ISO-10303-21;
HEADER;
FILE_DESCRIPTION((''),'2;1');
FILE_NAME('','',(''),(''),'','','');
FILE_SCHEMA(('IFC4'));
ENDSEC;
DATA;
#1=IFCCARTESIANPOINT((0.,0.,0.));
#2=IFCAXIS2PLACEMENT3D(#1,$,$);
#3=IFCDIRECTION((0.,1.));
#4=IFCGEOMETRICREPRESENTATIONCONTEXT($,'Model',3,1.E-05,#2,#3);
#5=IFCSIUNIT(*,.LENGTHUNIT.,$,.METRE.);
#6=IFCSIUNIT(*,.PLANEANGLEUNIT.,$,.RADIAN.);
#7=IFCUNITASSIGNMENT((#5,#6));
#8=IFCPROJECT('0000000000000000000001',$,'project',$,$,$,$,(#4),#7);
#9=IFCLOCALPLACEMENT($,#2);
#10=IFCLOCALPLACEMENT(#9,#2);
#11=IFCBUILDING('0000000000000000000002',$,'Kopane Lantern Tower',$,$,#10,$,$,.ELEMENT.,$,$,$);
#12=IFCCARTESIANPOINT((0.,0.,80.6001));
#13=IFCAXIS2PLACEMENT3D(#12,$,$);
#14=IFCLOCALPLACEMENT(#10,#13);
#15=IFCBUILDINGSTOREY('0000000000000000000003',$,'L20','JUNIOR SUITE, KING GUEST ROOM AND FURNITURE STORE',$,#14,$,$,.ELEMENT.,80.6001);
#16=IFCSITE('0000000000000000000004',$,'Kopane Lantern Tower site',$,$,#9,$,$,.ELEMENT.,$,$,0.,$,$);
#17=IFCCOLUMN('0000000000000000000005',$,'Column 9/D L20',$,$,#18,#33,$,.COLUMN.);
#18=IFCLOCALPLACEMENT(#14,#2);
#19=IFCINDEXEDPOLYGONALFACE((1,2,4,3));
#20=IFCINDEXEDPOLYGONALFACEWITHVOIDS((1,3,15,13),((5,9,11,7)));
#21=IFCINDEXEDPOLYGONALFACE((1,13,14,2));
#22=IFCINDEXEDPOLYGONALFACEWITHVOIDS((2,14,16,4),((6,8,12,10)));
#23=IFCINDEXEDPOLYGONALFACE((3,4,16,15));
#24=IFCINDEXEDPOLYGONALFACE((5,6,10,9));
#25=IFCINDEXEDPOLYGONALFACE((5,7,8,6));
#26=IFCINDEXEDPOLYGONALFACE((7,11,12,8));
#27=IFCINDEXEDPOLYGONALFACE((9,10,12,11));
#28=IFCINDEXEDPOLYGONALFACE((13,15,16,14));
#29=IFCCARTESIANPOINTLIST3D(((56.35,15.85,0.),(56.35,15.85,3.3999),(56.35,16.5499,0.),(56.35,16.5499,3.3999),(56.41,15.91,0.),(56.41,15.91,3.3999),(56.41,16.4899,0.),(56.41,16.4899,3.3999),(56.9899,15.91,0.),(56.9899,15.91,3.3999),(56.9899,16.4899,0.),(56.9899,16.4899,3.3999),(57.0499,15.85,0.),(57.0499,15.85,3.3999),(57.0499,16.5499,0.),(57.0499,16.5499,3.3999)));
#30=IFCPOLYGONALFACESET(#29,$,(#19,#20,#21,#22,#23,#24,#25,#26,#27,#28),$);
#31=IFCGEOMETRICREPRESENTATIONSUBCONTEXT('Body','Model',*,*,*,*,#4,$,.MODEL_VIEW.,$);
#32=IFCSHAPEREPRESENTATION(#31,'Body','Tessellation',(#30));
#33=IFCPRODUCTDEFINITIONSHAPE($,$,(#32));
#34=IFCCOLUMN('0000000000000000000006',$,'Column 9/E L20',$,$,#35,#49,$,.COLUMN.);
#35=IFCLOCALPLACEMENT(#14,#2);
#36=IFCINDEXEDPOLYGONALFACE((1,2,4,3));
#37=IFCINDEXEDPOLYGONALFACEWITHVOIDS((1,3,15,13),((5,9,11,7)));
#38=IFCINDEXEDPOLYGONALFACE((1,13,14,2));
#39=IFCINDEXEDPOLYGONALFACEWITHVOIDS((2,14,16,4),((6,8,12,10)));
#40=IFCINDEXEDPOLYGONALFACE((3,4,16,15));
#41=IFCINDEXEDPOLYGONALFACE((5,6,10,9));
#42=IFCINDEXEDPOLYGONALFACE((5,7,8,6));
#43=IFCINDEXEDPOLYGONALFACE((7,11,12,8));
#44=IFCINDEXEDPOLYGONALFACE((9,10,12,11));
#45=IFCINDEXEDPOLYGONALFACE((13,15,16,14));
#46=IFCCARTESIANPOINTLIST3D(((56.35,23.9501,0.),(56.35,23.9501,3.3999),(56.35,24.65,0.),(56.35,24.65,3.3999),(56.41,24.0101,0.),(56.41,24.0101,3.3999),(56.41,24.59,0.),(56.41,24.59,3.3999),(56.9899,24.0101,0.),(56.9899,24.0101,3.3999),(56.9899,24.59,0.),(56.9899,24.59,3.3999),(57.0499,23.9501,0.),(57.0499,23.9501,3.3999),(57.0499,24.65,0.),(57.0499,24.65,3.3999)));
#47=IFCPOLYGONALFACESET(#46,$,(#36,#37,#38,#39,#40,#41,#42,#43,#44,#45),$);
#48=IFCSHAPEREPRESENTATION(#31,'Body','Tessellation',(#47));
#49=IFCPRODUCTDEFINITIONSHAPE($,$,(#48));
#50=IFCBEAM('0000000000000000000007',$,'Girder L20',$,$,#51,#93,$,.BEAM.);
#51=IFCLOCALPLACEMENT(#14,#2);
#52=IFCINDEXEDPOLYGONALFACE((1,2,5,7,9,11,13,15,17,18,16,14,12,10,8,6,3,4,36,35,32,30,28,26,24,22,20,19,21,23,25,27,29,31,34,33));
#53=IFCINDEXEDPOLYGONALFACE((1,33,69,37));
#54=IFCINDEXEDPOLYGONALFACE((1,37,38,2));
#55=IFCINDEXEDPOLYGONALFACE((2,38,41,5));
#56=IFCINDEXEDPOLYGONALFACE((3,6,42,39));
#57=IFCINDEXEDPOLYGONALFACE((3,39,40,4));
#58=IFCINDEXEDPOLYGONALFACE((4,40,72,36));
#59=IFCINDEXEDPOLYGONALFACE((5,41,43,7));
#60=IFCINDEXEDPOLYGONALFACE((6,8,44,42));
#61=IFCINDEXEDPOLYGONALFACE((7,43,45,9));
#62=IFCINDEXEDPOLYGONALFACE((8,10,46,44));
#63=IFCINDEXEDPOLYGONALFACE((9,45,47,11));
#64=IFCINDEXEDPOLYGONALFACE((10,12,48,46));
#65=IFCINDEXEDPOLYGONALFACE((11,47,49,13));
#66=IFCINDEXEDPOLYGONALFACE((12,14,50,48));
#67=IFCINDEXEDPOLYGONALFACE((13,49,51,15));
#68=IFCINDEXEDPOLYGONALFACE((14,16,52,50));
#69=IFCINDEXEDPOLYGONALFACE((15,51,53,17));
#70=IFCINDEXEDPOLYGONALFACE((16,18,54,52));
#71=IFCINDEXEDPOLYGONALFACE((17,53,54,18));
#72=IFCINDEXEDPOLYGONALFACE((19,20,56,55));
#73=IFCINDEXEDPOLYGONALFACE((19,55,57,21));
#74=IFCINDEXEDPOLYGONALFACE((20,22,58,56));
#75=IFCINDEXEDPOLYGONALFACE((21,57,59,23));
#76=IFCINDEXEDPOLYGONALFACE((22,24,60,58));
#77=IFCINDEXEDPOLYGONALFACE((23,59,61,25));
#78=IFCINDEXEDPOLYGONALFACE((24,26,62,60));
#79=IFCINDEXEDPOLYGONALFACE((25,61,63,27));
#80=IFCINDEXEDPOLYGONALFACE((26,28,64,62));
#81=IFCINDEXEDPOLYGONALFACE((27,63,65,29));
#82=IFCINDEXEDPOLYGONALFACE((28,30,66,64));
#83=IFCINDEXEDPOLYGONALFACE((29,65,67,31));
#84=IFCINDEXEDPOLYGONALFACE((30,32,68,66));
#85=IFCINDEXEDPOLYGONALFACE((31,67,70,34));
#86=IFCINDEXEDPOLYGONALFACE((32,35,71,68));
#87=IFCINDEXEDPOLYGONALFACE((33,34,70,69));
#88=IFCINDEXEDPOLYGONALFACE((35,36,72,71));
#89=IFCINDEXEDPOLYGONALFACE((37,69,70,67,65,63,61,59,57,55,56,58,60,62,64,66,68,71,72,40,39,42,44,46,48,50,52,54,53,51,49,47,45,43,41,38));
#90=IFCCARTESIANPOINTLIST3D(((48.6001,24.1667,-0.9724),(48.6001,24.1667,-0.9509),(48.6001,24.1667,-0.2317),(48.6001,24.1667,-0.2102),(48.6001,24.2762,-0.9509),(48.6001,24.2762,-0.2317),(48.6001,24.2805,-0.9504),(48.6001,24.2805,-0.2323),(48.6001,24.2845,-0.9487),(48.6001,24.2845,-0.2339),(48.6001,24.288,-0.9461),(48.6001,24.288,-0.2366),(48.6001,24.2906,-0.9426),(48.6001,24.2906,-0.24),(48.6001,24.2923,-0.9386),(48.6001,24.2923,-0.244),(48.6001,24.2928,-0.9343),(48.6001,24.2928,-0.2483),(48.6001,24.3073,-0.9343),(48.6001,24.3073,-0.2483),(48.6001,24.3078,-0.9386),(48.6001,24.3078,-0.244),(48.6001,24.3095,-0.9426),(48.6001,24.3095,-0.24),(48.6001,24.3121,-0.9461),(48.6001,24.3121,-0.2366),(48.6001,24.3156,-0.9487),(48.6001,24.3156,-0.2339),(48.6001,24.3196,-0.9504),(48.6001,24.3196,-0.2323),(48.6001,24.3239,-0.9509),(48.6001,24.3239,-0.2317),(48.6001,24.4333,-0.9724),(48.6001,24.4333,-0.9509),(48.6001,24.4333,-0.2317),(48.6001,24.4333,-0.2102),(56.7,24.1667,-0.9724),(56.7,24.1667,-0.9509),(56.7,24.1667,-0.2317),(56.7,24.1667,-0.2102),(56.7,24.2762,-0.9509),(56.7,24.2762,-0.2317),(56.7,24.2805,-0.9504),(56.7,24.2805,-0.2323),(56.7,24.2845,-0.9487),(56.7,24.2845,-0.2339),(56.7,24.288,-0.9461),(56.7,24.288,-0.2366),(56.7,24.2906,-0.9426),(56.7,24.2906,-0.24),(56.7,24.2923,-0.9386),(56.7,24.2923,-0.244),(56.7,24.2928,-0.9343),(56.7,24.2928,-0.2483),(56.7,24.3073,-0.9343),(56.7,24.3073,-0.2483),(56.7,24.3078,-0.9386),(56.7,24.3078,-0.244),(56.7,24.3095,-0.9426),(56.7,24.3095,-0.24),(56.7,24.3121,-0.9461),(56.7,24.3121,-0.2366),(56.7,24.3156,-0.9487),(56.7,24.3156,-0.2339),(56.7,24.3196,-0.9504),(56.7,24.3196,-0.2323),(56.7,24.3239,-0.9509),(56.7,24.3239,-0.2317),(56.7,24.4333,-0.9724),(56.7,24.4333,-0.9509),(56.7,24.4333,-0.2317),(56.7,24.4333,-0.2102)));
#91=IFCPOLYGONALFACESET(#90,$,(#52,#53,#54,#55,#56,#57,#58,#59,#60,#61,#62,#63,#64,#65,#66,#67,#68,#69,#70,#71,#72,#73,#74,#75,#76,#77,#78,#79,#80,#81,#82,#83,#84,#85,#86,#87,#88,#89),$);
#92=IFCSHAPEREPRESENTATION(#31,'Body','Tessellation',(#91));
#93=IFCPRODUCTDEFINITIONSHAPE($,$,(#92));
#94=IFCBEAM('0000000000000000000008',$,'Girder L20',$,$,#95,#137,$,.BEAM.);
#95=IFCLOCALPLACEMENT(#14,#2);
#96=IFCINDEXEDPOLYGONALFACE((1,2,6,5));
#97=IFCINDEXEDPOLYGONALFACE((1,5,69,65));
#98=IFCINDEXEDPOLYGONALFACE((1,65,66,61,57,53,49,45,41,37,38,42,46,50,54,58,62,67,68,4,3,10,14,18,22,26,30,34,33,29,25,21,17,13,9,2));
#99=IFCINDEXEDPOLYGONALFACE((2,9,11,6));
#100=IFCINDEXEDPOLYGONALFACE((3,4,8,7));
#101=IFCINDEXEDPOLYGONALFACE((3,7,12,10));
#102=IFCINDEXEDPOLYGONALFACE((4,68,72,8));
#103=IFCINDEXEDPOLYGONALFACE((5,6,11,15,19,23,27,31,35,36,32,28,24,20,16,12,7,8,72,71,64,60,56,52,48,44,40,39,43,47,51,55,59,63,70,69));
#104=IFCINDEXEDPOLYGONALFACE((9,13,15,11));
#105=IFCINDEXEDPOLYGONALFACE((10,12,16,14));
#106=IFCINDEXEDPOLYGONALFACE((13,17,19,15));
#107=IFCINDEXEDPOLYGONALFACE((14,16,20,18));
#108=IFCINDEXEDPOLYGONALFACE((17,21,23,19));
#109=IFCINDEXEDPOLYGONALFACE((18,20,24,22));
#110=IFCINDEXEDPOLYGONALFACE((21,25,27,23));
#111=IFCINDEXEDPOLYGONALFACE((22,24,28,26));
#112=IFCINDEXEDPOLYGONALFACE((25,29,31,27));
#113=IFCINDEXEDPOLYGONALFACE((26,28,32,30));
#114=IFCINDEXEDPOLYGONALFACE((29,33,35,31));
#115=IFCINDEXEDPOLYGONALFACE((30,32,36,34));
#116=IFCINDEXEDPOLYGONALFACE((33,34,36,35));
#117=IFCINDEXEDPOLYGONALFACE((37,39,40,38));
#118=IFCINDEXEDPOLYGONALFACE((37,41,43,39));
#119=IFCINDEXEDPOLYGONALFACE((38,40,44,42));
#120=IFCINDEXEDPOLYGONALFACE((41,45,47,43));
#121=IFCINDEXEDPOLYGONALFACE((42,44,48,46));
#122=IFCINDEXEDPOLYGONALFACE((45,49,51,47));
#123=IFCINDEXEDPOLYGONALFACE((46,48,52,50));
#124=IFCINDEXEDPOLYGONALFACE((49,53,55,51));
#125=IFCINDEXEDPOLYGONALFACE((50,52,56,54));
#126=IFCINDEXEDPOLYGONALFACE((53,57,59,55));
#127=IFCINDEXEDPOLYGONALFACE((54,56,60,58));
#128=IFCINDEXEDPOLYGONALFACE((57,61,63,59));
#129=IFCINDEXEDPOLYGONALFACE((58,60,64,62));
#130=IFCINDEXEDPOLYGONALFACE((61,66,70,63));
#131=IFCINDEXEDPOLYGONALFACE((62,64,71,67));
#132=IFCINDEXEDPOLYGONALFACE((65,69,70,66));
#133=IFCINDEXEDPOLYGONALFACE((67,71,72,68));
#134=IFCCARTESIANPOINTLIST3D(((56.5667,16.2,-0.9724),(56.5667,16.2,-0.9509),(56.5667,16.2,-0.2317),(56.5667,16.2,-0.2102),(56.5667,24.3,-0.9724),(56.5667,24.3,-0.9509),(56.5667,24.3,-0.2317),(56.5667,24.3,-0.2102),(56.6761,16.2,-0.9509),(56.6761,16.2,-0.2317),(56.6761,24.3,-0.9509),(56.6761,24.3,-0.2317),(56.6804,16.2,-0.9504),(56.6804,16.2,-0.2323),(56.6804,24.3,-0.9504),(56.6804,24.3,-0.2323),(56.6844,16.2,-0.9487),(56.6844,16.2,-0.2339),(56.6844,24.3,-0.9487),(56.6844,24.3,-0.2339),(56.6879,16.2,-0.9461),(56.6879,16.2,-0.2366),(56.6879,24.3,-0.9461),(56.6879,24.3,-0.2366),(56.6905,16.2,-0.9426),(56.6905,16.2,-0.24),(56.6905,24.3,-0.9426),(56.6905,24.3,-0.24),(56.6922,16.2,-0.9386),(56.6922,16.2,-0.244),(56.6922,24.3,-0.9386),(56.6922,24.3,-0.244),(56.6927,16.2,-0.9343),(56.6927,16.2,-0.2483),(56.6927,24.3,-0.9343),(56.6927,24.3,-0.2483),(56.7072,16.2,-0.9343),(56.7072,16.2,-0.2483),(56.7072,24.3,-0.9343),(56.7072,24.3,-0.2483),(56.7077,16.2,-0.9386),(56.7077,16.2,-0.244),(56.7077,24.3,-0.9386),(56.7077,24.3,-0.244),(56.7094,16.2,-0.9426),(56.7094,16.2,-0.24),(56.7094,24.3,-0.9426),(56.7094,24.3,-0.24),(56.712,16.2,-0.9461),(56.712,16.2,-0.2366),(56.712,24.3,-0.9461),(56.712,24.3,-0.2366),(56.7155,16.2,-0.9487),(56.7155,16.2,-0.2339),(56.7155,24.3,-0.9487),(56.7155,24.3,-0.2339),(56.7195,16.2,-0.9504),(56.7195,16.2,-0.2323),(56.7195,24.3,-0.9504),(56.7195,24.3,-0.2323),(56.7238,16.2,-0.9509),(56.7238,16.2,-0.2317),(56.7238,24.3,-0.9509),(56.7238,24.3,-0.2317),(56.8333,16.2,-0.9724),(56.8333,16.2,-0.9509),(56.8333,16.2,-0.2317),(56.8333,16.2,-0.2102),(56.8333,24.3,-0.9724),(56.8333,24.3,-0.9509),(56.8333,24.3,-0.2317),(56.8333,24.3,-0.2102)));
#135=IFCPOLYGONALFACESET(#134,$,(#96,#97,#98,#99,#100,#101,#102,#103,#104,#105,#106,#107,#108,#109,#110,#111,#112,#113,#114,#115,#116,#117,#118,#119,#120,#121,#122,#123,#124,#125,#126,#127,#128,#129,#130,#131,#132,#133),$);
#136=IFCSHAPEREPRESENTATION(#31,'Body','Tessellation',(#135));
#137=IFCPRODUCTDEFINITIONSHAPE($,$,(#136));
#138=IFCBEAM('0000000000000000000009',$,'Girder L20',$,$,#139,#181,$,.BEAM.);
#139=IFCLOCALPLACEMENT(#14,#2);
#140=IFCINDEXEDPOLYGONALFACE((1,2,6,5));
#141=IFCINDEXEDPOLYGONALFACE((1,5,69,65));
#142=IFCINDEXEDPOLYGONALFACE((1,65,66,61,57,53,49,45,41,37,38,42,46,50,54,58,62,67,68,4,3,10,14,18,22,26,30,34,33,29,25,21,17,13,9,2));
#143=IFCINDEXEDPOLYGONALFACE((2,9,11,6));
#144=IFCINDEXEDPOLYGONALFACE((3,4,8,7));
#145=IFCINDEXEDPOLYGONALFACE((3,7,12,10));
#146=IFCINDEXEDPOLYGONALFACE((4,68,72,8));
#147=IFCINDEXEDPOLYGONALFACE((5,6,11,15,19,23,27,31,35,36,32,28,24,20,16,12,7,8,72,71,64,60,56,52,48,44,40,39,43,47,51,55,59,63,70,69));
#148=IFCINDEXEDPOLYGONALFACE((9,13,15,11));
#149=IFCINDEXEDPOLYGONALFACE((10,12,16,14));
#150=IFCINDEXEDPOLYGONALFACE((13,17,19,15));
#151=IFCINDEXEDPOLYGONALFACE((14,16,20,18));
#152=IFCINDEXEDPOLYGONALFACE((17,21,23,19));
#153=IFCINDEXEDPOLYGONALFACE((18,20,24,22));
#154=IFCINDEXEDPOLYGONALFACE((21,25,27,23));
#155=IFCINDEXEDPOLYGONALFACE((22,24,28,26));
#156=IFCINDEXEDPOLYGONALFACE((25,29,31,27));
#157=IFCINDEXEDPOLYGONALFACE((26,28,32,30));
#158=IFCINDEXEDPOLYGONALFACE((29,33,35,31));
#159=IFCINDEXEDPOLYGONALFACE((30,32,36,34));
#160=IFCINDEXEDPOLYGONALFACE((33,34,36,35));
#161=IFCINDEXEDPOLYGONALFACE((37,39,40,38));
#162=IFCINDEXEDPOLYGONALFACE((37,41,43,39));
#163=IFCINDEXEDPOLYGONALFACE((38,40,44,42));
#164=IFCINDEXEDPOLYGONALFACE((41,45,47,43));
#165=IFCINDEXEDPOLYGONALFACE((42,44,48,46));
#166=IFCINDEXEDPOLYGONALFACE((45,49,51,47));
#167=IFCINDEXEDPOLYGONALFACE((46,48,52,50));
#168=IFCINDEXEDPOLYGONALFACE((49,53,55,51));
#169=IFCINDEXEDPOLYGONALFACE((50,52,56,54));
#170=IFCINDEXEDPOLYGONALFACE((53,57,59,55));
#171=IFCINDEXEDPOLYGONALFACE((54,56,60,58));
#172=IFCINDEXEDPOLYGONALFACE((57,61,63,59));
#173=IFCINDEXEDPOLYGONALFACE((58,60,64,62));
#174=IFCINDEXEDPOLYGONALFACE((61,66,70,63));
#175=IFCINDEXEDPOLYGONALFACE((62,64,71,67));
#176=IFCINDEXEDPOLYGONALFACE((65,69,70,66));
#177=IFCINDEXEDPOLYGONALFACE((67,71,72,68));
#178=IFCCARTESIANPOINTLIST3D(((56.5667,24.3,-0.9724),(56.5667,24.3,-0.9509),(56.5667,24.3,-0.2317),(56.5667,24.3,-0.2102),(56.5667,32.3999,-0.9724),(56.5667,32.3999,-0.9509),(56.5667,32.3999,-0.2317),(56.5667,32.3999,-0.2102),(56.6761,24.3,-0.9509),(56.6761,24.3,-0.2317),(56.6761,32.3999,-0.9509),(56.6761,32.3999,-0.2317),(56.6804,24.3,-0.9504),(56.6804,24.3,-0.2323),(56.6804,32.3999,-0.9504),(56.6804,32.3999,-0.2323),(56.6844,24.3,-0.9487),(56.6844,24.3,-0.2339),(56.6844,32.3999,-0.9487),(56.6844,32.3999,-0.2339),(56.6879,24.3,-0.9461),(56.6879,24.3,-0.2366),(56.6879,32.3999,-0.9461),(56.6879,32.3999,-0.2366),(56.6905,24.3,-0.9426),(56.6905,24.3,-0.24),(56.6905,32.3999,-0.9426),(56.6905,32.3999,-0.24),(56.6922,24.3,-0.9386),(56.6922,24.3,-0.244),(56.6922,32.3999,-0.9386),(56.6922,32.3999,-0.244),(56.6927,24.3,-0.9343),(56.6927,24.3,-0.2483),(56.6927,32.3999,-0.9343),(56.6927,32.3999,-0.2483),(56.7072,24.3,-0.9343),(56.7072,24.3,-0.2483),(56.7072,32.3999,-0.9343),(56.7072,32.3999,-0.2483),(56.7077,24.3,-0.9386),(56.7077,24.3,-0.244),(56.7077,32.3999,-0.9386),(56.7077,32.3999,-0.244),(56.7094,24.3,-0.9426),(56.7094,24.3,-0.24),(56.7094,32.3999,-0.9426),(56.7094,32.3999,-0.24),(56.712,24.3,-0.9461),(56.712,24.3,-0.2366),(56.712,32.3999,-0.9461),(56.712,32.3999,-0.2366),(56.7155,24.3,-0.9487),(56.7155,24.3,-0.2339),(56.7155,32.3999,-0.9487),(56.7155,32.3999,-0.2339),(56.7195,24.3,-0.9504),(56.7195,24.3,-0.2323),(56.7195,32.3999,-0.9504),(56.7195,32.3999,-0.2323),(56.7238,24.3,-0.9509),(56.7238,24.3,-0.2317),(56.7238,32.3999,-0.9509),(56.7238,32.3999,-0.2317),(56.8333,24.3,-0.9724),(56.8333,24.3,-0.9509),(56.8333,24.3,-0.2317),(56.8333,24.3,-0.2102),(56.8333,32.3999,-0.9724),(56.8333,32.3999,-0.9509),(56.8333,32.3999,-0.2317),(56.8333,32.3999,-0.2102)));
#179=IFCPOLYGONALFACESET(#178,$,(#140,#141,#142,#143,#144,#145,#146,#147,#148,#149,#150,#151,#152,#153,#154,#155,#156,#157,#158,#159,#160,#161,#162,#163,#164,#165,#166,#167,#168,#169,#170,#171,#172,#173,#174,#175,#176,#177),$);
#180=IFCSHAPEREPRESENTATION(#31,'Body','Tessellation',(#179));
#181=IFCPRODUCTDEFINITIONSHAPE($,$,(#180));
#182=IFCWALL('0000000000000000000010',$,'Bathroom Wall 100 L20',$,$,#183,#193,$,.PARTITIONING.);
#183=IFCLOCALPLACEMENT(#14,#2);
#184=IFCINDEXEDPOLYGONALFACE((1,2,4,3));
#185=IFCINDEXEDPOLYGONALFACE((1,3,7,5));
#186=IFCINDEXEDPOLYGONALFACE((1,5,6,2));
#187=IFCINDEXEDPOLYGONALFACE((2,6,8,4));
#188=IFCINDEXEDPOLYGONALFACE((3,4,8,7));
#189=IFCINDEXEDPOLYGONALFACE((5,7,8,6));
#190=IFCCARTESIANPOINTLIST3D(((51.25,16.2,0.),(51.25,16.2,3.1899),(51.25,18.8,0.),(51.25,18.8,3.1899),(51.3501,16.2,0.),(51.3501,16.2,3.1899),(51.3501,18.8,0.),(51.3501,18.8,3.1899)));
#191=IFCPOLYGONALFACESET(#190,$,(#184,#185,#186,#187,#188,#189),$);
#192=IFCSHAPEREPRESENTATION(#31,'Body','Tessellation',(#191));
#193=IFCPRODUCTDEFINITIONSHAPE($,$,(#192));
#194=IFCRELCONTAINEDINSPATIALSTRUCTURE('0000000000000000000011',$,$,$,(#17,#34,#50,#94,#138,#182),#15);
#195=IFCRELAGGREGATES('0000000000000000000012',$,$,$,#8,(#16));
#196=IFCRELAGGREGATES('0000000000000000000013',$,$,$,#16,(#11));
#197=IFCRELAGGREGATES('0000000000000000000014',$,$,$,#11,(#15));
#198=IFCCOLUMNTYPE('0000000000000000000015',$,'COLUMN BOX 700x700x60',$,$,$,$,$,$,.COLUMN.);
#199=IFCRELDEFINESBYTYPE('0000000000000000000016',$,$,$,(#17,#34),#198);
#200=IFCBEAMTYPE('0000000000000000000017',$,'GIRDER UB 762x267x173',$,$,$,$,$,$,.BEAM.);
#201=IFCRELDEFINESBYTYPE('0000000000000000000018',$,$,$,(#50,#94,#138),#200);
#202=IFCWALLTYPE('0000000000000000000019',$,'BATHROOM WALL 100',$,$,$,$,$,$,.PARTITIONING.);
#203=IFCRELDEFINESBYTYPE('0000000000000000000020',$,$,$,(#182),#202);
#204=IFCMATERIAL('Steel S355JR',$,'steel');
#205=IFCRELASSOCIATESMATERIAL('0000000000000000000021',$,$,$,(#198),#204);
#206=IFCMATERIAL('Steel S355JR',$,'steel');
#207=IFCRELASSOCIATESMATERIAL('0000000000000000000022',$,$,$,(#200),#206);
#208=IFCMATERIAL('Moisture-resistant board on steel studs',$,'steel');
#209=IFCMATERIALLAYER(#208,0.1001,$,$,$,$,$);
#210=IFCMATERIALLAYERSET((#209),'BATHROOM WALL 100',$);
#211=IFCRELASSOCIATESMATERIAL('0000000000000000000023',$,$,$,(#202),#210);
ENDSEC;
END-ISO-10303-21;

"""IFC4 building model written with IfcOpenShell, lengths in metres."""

from ifc_helpers import new_model, si_unit, direction, frame, frame_2d, origin, origin_2d, place, context, subcontext, project, spatial, rectangle, hollow_rectangle, i_section, extrude, material, layer, layer_set, material_profile, profile_set, type_object, element, save


model = new_model("IFC4")

# Units and contexts
model_context = context("Model", 3, precision=1e-05, world=origin(), true_north=direction((0.0, 1.0)))
body_context = subcontext(model_context, "Body", "Model", "MODEL_VIEW")
ifc_project = project(units=[si_unit("LENGTHUNIT", "METRE"), si_unit("PLANEANGLEUNIT", "RADIAN")], contexts=[model_context])

# Site, building, storey
site_placement = place(None, origin())
site = spatial("IfcSite", under=ifc_project, at=site_placement, Name="Kopane Lantern Tower site", CompositionType="ELEMENT", RefElevation=0.0)
building_placement = place(site_placement, origin())
building = spatial("IfcBuilding", under=site, at=building_placement, Name="Kopane Lantern Tower", CompositionType="ELEMENT")
storey_placement = place(building_placement, frame((0.0, 0.0, 80.6001)))
storey = spatial("IfcBuildingStorey", under=building, at=storey_placement, Name="L20", Description="JUNIOR SUITE, KING GUEST ROOM AND FURNITURE STORE", CompositionType="ELEMENT", Elevation=80.6001)

# Columns
ifc_material_1 = material(Name="Steel S355JR", Category="steel")
ifc_material_profile_1 = material_profile(ifc_material_1, hollow_rectangle(XDim=0.7, YDim=0.7, WallThickness=0.0601, at=origin_2d()), Name="BOX 700x700x60")
ifc_profile_set_1 = profile_set([ifc_material_profile_1], Name="Steel S355JR")
column_type = type_object("IfcColumnType", Name="COLUMN BOX 700x700x60", PredefinedType="COLUMN", material=ifc_profile_set_1)
for number, where, z_axis, x_axis, name in (
    (1, (56.7, 16.2, 0.0), (0.0, 0.0, 1.0), (1.0, 0.0, 0.0), "Column 9/D L20"),
    (2, (56.7, 24.3, 0.0), (0.0, 0.0, 1.0), (1.0, 0.0, 0.0), "Column 9/E L20"),
):
    element("IfcColumn", number, at=place(storey_placement, frame(where, z_axis=z_axis, x_axis=x_axis)), inside=storey, type_object=column_type, Name=name, PredefinedType="COLUMN", context=body_context, shape_type="SweptSolid", body=[
        extrude(hollow_rectangle(XDim=0.7, YDim=0.7, WallThickness=0.0601, at=origin_2d()), origin(), (0.0, 0.0, 1.0), 3.3999),
    ])

# Beams
ifc_material_2 = material(Name="Steel S355JR", Category="steel")
ifc_material_profile_2 = material_profile(ifc_material_2, i_section(OverallWidth=0.2666, OverallDepth=0.7622, WebThickness=0.0144, FlangeThickness=0.0215, FilletRadius=0.0166, at=origin_2d()), Name="UB 762x267x173")
ifc_profile_set_2 = profile_set([ifc_material_profile_2], Name="Steel S355JR")
beam_type = type_object("IfcBeamType", Name="GIRDER UB 762x267x173", PredefinedType="BEAM", material=ifc_profile_set_2)
beam_1_placement = place(storey_placement, frame((48.6001, 24.3, -0.5913), z_axis=(1.0, 0.0, 0.0), x_axis=(0.0, 1.0, 0.0)))
element("IfcBeam", 3, at=beam_1_placement, inside=storey, type_object=beam_type, Name="Girder L20", PredefinedType="BEAM", context=body_context, shape_type="SweptSolid", body=[
    extrude(i_section(OverallWidth=0.2666, OverallDepth=0.7622, WebThickness=0.0144, FlangeThickness=0.0215, FilletRadius=0.0166, at=origin_2d()), origin(), (0.0, 0.0, 1.0), 8.0999),
])
beam_2_placement = place(storey_placement, frame((56.7, 16.2, -0.5913), z_axis=(0.0, 1.0, 0.0), x_axis=(-1.0, 0.0, 0.0)))
element("IfcBeam", 4, at=beam_2_placement, inside=storey, type_object=beam_type, Name="Girder L20", PredefinedType="BEAM", context=body_context, shape_type="SweptSolid", body=[
    extrude(i_section(OverallWidth=0.2666, OverallDepth=0.7622, WebThickness=0.0144, FlangeThickness=0.0215, FilletRadius=0.0166, at=origin_2d()), origin(), (0.0, 0.0, 1.0), 8.1001),
])
beam_3_placement = place(storey_placement, frame((56.7, 24.3, -0.5913), z_axis=(0.0, 1.0, 0.0), x_axis=(-1.0, 0.0, 0.0)))
element("IfcBeam", 5, at=beam_3_placement, inside=storey, type_object=beam_type, Name="Girder L20", PredefinedType="BEAM", context=body_context, shape_type="SweptSolid", body=[
    extrude(i_section(OverallWidth=0.2666, OverallDepth=0.7622, WebThickness=0.0144, FlangeThickness=0.0215, FilletRadius=0.0166, at=origin_2d()), origin(), (0.0, 0.0, 1.0), 8.0999),
])

# Wall
ifc_material_3 = material(Name="Moisture-resistant board on steel studs", Category="steel")
ifc_layer_1 = layer(ifc_material_3, 0.1001)
ifc_layer_set_1 = layer_set([ifc_layer_1], Name="BATHROOM WALL 100")
wall_type_1 = type_object("IfcWallType", Name="BATHROOM WALL 100", PredefinedType="PARTITIONING", material=ifc_layer_set_1)
wall_1_placement = place(storey_placement, frame((51.3, 16.2, 0.0), z_axis=(0.0, 0.0, 1.0), x_axis=(0.0, 1.0, 0.0)))
element("IfcWall", 6, at=wall_1_placement, inside=storey, type_object=wall_type_1, Name="Bathroom Wall 100 L20", PredefinedType="PARTITIONING", context=body_context, shape_type="SweptSolid", body=[
    extrude(rectangle(XDim=2.6001, YDim=0.1001, at=frame_2d((1.3, 0.0))), origin(), (0.0, 0.0, 1.0), 3.1899),
])

save(model, "model.ifc")
